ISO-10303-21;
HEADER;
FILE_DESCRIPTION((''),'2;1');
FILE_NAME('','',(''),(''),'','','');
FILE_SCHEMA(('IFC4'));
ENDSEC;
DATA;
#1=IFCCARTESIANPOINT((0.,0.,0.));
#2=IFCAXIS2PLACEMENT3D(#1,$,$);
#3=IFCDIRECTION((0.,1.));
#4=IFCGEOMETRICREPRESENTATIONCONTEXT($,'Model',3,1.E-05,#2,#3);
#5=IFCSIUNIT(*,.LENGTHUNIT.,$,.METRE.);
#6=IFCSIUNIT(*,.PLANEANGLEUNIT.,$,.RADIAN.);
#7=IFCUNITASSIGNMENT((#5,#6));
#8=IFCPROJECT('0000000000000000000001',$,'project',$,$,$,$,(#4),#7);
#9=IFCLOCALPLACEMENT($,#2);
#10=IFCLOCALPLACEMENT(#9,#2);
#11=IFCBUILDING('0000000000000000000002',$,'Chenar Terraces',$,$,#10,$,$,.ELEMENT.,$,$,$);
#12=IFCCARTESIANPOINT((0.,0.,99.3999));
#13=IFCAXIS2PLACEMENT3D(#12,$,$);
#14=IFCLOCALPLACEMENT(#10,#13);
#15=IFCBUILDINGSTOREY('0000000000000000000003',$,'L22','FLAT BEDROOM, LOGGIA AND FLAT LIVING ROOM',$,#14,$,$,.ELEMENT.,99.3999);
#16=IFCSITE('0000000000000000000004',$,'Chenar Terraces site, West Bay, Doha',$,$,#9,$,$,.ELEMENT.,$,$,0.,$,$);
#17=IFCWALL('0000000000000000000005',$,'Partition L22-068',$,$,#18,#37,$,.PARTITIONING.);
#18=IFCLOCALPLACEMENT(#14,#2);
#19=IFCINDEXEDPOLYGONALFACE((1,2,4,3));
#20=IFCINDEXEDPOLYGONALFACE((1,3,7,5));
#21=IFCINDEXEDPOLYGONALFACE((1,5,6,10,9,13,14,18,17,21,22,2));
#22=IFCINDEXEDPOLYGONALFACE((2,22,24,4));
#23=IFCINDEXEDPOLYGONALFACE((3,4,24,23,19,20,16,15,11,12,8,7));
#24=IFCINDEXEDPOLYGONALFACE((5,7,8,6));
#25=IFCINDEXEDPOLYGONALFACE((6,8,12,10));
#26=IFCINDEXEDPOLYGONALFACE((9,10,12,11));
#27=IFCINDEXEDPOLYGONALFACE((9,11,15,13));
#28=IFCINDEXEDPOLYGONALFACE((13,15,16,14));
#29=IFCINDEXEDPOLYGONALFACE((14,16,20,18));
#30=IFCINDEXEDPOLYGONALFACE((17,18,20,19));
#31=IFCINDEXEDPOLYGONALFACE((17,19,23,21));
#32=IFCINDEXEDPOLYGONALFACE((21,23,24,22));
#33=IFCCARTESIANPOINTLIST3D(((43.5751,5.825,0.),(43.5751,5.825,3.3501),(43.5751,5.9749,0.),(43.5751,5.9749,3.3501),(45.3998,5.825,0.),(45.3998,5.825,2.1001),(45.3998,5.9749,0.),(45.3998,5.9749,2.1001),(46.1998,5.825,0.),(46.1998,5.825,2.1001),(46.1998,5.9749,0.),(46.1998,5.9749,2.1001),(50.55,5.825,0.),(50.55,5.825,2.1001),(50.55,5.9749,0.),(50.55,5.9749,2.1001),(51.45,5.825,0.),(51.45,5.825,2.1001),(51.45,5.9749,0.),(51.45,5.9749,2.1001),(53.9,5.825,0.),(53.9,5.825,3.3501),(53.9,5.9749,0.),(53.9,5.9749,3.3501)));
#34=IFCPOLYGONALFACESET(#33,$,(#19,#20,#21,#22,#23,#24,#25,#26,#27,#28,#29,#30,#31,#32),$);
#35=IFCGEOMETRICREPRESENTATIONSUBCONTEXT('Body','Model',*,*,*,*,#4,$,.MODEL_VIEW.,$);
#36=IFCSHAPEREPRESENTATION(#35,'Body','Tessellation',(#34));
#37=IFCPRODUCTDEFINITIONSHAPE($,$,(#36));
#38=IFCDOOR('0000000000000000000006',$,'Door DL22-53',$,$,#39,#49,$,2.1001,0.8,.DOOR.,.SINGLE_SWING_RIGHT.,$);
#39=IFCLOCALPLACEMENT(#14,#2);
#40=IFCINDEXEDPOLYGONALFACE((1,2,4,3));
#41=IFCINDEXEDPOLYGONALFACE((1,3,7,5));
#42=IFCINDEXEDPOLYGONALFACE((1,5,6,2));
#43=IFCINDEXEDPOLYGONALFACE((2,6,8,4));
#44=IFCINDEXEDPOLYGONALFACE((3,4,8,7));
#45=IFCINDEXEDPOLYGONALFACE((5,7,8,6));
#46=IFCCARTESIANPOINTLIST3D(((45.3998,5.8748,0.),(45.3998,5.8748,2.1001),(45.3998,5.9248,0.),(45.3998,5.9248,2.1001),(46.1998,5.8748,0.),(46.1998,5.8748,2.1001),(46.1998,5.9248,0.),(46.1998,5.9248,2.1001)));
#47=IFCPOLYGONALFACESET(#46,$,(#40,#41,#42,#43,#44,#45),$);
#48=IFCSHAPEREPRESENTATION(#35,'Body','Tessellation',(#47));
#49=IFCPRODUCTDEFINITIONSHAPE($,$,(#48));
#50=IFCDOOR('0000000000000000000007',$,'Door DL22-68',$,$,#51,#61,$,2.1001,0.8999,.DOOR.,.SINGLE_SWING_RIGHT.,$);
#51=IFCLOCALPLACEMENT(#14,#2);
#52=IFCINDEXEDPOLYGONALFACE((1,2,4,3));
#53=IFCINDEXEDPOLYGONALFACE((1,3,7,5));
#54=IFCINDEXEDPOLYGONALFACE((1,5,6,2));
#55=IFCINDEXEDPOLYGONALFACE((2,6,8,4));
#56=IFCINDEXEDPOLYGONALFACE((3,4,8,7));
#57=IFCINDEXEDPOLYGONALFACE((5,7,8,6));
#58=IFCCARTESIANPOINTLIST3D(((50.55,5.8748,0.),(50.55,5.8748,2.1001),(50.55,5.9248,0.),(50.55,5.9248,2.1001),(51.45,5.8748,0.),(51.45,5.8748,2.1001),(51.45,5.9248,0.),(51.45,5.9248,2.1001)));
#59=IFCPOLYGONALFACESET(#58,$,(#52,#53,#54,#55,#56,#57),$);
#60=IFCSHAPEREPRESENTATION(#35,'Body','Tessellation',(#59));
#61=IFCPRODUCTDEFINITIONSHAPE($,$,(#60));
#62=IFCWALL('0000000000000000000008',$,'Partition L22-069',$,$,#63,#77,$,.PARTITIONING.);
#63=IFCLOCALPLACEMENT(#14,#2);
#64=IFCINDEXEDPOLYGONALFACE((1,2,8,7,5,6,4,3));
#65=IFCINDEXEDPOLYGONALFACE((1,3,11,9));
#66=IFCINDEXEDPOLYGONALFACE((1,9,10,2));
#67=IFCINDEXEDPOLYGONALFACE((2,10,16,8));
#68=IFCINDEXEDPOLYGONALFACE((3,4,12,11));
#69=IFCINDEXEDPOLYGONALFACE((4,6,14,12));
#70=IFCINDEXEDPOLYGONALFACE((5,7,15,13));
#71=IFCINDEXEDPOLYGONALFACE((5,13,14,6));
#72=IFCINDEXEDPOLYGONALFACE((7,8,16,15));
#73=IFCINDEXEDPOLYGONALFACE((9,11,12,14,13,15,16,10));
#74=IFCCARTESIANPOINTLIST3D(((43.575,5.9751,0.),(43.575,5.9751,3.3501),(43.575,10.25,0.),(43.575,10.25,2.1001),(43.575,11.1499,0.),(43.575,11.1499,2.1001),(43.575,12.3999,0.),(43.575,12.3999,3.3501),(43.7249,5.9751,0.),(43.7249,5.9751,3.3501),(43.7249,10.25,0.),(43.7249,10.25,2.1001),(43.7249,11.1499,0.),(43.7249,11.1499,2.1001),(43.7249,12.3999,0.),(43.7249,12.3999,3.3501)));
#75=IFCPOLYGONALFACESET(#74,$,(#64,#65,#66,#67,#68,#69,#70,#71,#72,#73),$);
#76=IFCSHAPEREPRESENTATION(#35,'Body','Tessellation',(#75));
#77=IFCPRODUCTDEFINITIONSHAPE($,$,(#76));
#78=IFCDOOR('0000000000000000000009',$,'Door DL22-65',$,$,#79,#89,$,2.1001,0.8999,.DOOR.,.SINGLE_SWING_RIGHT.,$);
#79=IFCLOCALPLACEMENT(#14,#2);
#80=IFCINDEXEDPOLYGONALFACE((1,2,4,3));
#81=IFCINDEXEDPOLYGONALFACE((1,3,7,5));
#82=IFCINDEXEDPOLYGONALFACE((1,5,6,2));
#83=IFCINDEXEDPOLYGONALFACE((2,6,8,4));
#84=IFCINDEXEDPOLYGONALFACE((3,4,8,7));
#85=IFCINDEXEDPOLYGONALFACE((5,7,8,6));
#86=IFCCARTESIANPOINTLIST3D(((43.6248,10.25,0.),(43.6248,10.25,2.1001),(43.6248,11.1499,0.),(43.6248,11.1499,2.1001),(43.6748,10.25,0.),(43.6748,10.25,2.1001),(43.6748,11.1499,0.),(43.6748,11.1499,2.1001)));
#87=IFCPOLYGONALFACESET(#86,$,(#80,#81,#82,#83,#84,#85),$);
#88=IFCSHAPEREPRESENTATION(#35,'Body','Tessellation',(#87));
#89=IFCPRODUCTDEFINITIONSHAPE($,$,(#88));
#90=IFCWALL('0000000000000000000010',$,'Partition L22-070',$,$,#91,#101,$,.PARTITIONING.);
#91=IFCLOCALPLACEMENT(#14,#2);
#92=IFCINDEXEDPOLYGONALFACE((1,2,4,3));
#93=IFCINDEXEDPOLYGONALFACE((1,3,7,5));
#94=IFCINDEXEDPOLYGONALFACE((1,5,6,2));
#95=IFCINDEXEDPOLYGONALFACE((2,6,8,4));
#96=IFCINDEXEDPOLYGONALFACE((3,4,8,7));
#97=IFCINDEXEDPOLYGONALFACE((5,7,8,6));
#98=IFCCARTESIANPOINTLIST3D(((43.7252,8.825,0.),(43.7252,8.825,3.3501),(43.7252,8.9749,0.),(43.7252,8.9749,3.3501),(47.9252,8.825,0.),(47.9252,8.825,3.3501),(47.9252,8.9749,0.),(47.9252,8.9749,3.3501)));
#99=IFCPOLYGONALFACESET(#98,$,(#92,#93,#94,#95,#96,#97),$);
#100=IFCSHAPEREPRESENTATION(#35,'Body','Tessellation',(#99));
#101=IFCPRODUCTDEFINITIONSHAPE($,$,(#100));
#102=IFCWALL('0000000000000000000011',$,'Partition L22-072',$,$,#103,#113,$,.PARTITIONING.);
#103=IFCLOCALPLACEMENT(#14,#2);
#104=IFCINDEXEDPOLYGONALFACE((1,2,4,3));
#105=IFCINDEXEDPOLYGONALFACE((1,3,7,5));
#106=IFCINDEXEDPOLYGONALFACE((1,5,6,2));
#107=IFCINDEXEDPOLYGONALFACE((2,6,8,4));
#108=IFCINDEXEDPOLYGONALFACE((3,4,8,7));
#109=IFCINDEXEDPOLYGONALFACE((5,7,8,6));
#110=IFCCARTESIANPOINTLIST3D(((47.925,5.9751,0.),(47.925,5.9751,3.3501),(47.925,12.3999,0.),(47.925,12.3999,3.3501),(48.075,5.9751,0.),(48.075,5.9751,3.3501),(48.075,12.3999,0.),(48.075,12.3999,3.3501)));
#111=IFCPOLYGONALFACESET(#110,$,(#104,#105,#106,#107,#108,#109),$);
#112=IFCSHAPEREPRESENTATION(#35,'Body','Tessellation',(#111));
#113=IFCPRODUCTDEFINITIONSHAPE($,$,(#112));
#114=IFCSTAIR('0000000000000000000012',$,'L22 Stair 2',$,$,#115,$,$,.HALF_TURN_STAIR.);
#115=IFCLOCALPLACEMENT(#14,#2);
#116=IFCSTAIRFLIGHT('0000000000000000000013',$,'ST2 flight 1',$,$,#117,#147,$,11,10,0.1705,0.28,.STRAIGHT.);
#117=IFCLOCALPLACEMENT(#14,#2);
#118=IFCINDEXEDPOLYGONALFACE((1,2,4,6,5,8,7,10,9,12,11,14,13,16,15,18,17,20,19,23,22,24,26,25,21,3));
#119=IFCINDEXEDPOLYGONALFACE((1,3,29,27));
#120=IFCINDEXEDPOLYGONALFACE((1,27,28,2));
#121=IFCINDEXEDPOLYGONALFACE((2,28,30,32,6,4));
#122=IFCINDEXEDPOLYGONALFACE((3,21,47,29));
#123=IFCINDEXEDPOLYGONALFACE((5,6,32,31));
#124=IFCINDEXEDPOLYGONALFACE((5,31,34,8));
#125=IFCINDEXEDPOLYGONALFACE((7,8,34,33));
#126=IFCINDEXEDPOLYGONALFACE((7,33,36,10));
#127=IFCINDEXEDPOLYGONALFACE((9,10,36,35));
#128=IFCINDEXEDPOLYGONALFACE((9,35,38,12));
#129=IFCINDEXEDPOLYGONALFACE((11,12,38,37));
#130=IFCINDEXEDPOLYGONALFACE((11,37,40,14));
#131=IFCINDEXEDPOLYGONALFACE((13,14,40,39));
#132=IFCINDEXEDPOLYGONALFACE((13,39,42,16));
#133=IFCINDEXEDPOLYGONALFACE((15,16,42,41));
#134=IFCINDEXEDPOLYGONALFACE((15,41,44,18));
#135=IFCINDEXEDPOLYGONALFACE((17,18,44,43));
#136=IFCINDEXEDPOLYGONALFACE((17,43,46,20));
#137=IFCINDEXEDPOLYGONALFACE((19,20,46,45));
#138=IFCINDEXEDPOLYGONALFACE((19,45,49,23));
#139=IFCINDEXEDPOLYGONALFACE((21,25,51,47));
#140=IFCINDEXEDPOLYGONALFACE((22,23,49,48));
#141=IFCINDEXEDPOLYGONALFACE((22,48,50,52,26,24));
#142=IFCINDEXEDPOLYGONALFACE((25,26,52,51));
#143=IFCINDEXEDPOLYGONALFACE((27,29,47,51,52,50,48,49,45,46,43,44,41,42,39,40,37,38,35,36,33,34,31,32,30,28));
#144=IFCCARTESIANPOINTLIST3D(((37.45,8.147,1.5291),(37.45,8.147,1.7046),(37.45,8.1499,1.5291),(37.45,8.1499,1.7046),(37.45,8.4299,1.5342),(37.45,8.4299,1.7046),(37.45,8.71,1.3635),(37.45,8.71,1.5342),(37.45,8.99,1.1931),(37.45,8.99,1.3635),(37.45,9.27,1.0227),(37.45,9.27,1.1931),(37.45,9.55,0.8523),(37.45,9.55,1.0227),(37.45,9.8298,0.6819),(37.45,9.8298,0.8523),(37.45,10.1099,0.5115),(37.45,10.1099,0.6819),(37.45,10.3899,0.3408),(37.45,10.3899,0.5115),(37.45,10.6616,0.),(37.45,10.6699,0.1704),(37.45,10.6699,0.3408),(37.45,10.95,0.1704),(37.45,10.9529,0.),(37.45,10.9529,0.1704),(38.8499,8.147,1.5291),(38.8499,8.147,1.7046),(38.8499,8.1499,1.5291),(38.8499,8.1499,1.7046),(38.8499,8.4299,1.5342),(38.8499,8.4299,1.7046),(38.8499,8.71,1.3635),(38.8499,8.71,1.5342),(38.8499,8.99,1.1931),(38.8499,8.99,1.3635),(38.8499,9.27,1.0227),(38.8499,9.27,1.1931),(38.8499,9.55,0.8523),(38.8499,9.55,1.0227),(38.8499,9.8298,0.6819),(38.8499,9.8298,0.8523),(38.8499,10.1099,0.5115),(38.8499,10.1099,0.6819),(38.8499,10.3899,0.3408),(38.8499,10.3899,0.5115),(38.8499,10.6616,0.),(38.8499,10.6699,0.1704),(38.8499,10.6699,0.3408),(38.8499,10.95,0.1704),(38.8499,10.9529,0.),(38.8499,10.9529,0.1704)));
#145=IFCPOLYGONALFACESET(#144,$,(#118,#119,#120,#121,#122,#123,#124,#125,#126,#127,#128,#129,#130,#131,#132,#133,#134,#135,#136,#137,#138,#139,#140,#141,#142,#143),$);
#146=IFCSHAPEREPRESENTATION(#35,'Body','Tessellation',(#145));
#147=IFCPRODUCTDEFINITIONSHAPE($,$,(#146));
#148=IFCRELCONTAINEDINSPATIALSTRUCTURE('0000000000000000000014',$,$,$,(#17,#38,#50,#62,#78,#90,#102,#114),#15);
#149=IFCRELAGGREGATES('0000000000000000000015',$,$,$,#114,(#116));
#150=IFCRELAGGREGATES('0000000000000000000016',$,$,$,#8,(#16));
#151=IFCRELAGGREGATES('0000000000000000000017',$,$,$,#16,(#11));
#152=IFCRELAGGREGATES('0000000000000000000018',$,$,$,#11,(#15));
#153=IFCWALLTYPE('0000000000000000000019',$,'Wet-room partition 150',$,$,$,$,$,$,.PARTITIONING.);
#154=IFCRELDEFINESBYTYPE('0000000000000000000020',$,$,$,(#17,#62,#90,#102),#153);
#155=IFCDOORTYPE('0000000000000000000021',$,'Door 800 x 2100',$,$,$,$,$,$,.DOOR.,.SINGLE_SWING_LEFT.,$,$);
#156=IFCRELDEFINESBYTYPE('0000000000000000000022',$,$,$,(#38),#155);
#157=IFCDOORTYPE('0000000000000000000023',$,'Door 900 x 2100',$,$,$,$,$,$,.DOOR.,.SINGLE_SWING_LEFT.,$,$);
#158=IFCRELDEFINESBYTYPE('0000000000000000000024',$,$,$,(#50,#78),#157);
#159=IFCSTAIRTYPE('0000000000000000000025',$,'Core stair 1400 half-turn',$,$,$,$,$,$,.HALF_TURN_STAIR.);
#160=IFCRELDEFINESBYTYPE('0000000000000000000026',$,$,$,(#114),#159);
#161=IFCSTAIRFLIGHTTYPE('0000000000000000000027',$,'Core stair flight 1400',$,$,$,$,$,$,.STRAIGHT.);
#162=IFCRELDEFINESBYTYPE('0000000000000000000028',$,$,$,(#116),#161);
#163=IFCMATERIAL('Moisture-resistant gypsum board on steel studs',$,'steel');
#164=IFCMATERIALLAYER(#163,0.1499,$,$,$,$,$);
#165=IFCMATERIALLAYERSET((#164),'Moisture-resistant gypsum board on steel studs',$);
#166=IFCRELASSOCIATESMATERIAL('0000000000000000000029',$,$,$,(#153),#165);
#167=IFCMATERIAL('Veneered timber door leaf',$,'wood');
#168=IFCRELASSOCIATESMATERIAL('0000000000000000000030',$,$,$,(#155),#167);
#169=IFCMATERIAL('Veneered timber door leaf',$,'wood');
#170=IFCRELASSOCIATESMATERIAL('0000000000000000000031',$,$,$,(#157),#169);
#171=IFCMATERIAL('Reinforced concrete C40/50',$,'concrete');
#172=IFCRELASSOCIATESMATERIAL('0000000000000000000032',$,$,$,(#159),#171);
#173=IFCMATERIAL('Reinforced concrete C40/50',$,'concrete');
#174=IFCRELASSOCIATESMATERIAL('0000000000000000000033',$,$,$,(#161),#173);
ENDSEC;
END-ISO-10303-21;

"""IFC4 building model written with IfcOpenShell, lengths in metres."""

from ifc_helpers import new_model, si_unit, direction, frame, frame_2d, origin, place, context, subcontext, project, spatial, polyline, rectangle, outline, extrude, material, layer, layer_set, type_object, element, fill, aggregate, save


model = new_model("IFC4")

# Units and contexts
model_context = context("Model", 3, precision=1e-05, world=origin(), true_north=direction((0.0, 1.0)))
body_context = subcontext(model_context, "Body", "Model", "MODEL_VIEW")
ifc_project = project(units=[si_unit("LENGTHUNIT", "METRE"), si_unit("PLANEANGLEUNIT", "RADIAN")], contexts=[model_context])

# Site, building, storey
site_placement = place(None, origin())
site = spatial("IfcSite", under=ifc_project, at=site_placement, Name="Chenar Terraces site, West Bay, Doha", CompositionType="ELEMENT", RefElevation=0.0)
building_placement = place(site_placement, origin())
building = spatial("IfcBuilding", under=site, at=building_placement, Name="Chenar Terraces", CompositionType="ELEMENT")
storey_placement = place(building_placement, frame((0.0, 0.0, 99.3999)))
storey = spatial("IfcBuildingStorey", under=building, at=storey_placement, Name="L22", Description="FLAT BEDROOM, LOGGIA AND FLAT LIVING ROOM", CompositionType="ELEMENT", Elevation=99.3999)

# Wall, openings, doors
ifc_material_1 = material(Name="Moisture-resistant gypsum board on steel studs", Category="steel")
ifc_layer_1 = layer(ifc_material_1, 0.1499)
ifc_layer_set_1 = layer_set([ifc_layer_1], Name="Moisture-resistant gypsum board on steel studs")
wall_type_1 = type_object("IfcWallType", Name="Wet-room partition 150", PredefinedType="PARTITIONING", material=ifc_layer_set_1)
wall_1_placement = place(storey_placement, frame((43.575, 5.8999, 0.0), z_axis=(0.0, 0.0, 1.0), x_axis=(1.0, 0.0, 0.0)))
wall_1 = element("IfcWall", 1, at=wall_1_placement, inside=storey, type_object=wall_type_1, Name="Partition L22-068", PredefinedType="PARTITIONING", context=body_context, shape_type="SweptSolid", body=[
    extrude(rectangle(XDim=10.325, YDim=0.1499, at=frame_2d((5.1626, 0.0))), origin(), (0.0, 0.0, 1.0), 3.3501),
])
opening_1_placement = place(wall_1_placement, frame((1.825, 0.0, 0.0)))
opening_1 = element("IfcOpeningElement", 2, at=opening_1_placement, cuts=wall_1, PredefinedType="OPENING", context=body_context, shape_type="SweptSolid", body=[
    extrude(rectangle(XDim=0.8, YDim=2.1001, at=frame_2d((0.3999, 1.05))), frame((0.0, 0.085, 0.0), z_axis=(0.0, -1.0, 0.0), x_axis=(1.0, 0.0, 0.0)), (0.0, 0.0, 1.0), 0.1699),
])
opening_2_placement = place(wall_1_placement, frame((6.9751, 0.0, 0.0)))
opening_2 = element("IfcOpeningElement", 3, at=opening_2_placement, cuts=wall_1, PredefinedType="OPENING", context=body_context, shape_type="SweptSolid", body=[
    extrude(rectangle(XDim=0.8999, YDim=2.1001, at=frame_2d((0.45, 1.05))), frame((0.0, 0.085, 0.0), z_axis=(0.0, -1.0, 0.0), x_axis=(1.0, 0.0, 0.0)), (0.0, 0.0, 1.0), 0.1699),
])
ifc_material_2 = material(Name="Veneered timber door leaf", Category="wood")
door_type_1 = type_object("IfcDoorType", Name="Door 800 x 2100", OperationType="SINGLE_SWING_LEFT", PredefinedType="DOOR", material=ifc_material_2)
door_1_placement = place(opening_1_placement, origin())
door_1 = element("IfcDoor", 4, at=door_1_placement, inside=storey, type_object=door_type_1, Name="Door DL22-53", OperationType="SINGLE_SWING_RIGHT", OverallHeight=2.1001, OverallWidth=0.8, PredefinedType="DOOR", context=body_context, shape_type="SweptSolid", body=[
    extrude(rectangle(XDim=0.8, YDim=2.1001, at=frame_2d((0.3999, 1.05))), frame((0.0, 0.0249, 0.0), z_axis=(0.0, -1.0, 0.0), x_axis=(1.0, 0.0, 0.0)), (0.0, 0.0, 1.0), 0.05),
])
fill(opening_1, door_1)
ifc_material_3 = material(Name="Veneered timber door leaf", Category="wood")
door_type_2 = type_object("IfcDoorType", Name="Door 900 x 2100", OperationType="SINGLE_SWING_LEFT", PredefinedType="DOOR", material=ifc_material_3)
door_2_placement = place(opening_2_placement, origin())
door_2 = element("IfcDoor", 5, at=door_2_placement, inside=storey, type_object=door_type_2, Name="Door DL22-68", OperationType="SINGLE_SWING_RIGHT", OverallHeight=2.1001, OverallWidth=0.8999, PredefinedType="DOOR", context=body_context, shape_type="SweptSolid", body=[
    extrude(rectangle(XDim=0.8999, YDim=2.1001, at=frame_2d((0.45, 1.05))), frame((0.0, 0.0249, 0.0), z_axis=(0.0, -1.0, 0.0), x_axis=(1.0, 0.0, 0.0)), (0.0, 0.0, 1.0), 0.05),
])
fill(opening_2, door_2)

# Wall, opening, door
wall_2_placement = place(storey_placement, frame((43.6499, 5.9751, 0.0), z_axis=(0.0, 0.0, 1.0), x_axis=(0.0, 1.0, 0.0)))
wall_2 = element("IfcWall", 6, at=wall_2_placement, inside=storey, type_object=wall_type_1, Name="Partition L22-069", PredefinedType="PARTITIONING", context=body_context, shape_type="SweptSolid", body=[
    extrude(rectangle(XDim=6.4248, YDim=0.1499, at=frame_2d((3.2124, 0.0))), origin(), (0.0, 0.0, 1.0), 3.3501),
])
opening_3_placement = place(wall_2_placement, frame((4.2749, 0.0, 0.0)))
opening_3 = element("IfcOpeningElement", 7, at=opening_3_placement, cuts=wall_2, PredefinedType="OPENING", context=body_context, shape_type="SweptSolid", body=[
    extrude(rectangle(XDim=0.8999, YDim=2.1001, at=frame_2d((0.45, 1.05))), frame((0.0, 0.085, 0.0), z_axis=(0.0, -1.0, 0.0), x_axis=(1.0, 0.0, 0.0)), (0.0, 0.0, 1.0), 0.1699),
])
door_3_placement = place(opening_3_placement, frame((0.8999, 0.0, 0.0), z_axis=(0.0, 0.0, 1.0), x_axis=(-1.0, 0.0, 0.0)))
door_3 = element("IfcDoor", 8, at=door_3_placement, inside=storey, type_object=door_type_2, Name="Door DL22-65", OperationType="SINGLE_SWING_RIGHT", OverallHeight=2.1001, OverallWidth=0.8999, PredefinedType="DOOR", context=body_context, shape_type="SweptSolid", body=[
    extrude(rectangle(XDim=0.8999, YDim=2.1001, at=frame_2d((0.45, 1.05))), frame((0.0, 0.0249, 0.0), z_axis=(0.0, -1.0, 0.0), x_axis=(1.0, 0.0, 0.0)), (0.0, 0.0, 1.0), 0.05),
])
fill(opening_3, door_3)

# Walls
wall_3_placement = place(storey_placement, frame((43.7251, 8.8999, 0.0), z_axis=(0.0, 0.0, 1.0), x_axis=(1.0, 0.0, 0.0)))
element("IfcWall", 9, at=wall_3_placement, inside=storey, type_object=wall_type_1, Name="Partition L22-070", PredefinedType="PARTITIONING", context=body_context, shape_type="SweptSolid", body=[
    extrude(rectangle(XDim=4.2, YDim=0.1499, at=frame_2d((2.1001, 0.0))), origin(), (0.0, 0.0, 1.0), 3.3501),
])
wall_4_placement = place(storey_placement, frame((48.0, 5.9751, 0.0), z_axis=(0.0, 0.0, 1.0), x_axis=(0.0, 1.0, 0.0)))
element("IfcWall", 10, at=wall_4_placement, inside=storey, type_object=wall_type_1, Name="Partition L22-072", PredefinedType="PARTITIONING", context=body_context, shape_type="SweptSolid", body=[
    extrude(rectangle(XDim=6.4248, YDim=0.1499, at=frame_2d((3.2124, 0.0))), origin(), (0.0, 0.0, 1.0), 3.3501),
])

# Stair, stair flight
ifc_material_4 = material(Name="Reinforced concrete C40/50", Category="concrete")
stair_type = type_object("IfcStairType", Name="Core stair 1400 half-turn", PredefinedType="HALF_TURN_STAIR", material=ifc_material_4)
stair_placement = place(storey_placement, origin())
stair = element("IfcStair", 11, at=stair_placement, inside=storey, type_object=stair_type, Name="L22 Stair 2", PredefinedType="HALF_TURN_STAIR")
ifc_material_5 = material(Name="Reinforced concrete C40/50", Category="concrete")
stair_flight_type = type_object("IfcStairFlightType", Name="Core stair flight 1400", PredefinedType="STRAIGHT", material=ifc_material_5)
stair_flight_1_placement = place(storey_placement, frame((38.1499, 10.95, 0.0), z_axis=(0.0, 0.0, 1.0), x_axis=(0.0, -1.0, 0.0)))
stair_flight_1 = element("IfcStairFlight", 12, at=stair_flight_1_placement, type_object=stair_flight_type, Name="ST2 flight 1", NumberOfRisers=11, NumberOfTreads=10, PredefinedType="STRAIGHT", RiserHeight=0.1705, TreadLength=0.28, context=body_context, shape_type="SweptSolid", body=[
    extrude(outline(polyline([(-0.0029, 0.0), (-0.0029, 0.1704), (0.0, 0.1704), (0.28, 0.1704), (0.28, 0.3408), (0.5601, 0.3408), (0.5601, 0.5115), (0.8401, 0.5115), (0.8401, 0.6819), (1.1201, 0.6819), (1.1201, 0.8523), (1.3999, 0.8523), (1.3999, 1.0227), (1.6799, 1.0227), (1.6799, 1.1931), (1.96, 1.1931), (1.96, 1.3635), (2.24, 1.3635), (2.24, 1.5342), (2.52, 1.5342), (2.52, 1.7046), (2.8, 1.7046), (2.803, 1.7046), (2.803, 1.5291), (2.8, 1.5291), (0.2883, 0.0), (-0.0029, 0.0)])), frame((0.0, 0.7, 0.0), z_axis=(0.0, -1.0, 0.0), x_axis=(1.0, 0.0, 0.0)), (0.0, 0.0, 1.0), 1.3999),
])
aggregate(stair, [stair_flight_1])

save(model, "model.ifc")
